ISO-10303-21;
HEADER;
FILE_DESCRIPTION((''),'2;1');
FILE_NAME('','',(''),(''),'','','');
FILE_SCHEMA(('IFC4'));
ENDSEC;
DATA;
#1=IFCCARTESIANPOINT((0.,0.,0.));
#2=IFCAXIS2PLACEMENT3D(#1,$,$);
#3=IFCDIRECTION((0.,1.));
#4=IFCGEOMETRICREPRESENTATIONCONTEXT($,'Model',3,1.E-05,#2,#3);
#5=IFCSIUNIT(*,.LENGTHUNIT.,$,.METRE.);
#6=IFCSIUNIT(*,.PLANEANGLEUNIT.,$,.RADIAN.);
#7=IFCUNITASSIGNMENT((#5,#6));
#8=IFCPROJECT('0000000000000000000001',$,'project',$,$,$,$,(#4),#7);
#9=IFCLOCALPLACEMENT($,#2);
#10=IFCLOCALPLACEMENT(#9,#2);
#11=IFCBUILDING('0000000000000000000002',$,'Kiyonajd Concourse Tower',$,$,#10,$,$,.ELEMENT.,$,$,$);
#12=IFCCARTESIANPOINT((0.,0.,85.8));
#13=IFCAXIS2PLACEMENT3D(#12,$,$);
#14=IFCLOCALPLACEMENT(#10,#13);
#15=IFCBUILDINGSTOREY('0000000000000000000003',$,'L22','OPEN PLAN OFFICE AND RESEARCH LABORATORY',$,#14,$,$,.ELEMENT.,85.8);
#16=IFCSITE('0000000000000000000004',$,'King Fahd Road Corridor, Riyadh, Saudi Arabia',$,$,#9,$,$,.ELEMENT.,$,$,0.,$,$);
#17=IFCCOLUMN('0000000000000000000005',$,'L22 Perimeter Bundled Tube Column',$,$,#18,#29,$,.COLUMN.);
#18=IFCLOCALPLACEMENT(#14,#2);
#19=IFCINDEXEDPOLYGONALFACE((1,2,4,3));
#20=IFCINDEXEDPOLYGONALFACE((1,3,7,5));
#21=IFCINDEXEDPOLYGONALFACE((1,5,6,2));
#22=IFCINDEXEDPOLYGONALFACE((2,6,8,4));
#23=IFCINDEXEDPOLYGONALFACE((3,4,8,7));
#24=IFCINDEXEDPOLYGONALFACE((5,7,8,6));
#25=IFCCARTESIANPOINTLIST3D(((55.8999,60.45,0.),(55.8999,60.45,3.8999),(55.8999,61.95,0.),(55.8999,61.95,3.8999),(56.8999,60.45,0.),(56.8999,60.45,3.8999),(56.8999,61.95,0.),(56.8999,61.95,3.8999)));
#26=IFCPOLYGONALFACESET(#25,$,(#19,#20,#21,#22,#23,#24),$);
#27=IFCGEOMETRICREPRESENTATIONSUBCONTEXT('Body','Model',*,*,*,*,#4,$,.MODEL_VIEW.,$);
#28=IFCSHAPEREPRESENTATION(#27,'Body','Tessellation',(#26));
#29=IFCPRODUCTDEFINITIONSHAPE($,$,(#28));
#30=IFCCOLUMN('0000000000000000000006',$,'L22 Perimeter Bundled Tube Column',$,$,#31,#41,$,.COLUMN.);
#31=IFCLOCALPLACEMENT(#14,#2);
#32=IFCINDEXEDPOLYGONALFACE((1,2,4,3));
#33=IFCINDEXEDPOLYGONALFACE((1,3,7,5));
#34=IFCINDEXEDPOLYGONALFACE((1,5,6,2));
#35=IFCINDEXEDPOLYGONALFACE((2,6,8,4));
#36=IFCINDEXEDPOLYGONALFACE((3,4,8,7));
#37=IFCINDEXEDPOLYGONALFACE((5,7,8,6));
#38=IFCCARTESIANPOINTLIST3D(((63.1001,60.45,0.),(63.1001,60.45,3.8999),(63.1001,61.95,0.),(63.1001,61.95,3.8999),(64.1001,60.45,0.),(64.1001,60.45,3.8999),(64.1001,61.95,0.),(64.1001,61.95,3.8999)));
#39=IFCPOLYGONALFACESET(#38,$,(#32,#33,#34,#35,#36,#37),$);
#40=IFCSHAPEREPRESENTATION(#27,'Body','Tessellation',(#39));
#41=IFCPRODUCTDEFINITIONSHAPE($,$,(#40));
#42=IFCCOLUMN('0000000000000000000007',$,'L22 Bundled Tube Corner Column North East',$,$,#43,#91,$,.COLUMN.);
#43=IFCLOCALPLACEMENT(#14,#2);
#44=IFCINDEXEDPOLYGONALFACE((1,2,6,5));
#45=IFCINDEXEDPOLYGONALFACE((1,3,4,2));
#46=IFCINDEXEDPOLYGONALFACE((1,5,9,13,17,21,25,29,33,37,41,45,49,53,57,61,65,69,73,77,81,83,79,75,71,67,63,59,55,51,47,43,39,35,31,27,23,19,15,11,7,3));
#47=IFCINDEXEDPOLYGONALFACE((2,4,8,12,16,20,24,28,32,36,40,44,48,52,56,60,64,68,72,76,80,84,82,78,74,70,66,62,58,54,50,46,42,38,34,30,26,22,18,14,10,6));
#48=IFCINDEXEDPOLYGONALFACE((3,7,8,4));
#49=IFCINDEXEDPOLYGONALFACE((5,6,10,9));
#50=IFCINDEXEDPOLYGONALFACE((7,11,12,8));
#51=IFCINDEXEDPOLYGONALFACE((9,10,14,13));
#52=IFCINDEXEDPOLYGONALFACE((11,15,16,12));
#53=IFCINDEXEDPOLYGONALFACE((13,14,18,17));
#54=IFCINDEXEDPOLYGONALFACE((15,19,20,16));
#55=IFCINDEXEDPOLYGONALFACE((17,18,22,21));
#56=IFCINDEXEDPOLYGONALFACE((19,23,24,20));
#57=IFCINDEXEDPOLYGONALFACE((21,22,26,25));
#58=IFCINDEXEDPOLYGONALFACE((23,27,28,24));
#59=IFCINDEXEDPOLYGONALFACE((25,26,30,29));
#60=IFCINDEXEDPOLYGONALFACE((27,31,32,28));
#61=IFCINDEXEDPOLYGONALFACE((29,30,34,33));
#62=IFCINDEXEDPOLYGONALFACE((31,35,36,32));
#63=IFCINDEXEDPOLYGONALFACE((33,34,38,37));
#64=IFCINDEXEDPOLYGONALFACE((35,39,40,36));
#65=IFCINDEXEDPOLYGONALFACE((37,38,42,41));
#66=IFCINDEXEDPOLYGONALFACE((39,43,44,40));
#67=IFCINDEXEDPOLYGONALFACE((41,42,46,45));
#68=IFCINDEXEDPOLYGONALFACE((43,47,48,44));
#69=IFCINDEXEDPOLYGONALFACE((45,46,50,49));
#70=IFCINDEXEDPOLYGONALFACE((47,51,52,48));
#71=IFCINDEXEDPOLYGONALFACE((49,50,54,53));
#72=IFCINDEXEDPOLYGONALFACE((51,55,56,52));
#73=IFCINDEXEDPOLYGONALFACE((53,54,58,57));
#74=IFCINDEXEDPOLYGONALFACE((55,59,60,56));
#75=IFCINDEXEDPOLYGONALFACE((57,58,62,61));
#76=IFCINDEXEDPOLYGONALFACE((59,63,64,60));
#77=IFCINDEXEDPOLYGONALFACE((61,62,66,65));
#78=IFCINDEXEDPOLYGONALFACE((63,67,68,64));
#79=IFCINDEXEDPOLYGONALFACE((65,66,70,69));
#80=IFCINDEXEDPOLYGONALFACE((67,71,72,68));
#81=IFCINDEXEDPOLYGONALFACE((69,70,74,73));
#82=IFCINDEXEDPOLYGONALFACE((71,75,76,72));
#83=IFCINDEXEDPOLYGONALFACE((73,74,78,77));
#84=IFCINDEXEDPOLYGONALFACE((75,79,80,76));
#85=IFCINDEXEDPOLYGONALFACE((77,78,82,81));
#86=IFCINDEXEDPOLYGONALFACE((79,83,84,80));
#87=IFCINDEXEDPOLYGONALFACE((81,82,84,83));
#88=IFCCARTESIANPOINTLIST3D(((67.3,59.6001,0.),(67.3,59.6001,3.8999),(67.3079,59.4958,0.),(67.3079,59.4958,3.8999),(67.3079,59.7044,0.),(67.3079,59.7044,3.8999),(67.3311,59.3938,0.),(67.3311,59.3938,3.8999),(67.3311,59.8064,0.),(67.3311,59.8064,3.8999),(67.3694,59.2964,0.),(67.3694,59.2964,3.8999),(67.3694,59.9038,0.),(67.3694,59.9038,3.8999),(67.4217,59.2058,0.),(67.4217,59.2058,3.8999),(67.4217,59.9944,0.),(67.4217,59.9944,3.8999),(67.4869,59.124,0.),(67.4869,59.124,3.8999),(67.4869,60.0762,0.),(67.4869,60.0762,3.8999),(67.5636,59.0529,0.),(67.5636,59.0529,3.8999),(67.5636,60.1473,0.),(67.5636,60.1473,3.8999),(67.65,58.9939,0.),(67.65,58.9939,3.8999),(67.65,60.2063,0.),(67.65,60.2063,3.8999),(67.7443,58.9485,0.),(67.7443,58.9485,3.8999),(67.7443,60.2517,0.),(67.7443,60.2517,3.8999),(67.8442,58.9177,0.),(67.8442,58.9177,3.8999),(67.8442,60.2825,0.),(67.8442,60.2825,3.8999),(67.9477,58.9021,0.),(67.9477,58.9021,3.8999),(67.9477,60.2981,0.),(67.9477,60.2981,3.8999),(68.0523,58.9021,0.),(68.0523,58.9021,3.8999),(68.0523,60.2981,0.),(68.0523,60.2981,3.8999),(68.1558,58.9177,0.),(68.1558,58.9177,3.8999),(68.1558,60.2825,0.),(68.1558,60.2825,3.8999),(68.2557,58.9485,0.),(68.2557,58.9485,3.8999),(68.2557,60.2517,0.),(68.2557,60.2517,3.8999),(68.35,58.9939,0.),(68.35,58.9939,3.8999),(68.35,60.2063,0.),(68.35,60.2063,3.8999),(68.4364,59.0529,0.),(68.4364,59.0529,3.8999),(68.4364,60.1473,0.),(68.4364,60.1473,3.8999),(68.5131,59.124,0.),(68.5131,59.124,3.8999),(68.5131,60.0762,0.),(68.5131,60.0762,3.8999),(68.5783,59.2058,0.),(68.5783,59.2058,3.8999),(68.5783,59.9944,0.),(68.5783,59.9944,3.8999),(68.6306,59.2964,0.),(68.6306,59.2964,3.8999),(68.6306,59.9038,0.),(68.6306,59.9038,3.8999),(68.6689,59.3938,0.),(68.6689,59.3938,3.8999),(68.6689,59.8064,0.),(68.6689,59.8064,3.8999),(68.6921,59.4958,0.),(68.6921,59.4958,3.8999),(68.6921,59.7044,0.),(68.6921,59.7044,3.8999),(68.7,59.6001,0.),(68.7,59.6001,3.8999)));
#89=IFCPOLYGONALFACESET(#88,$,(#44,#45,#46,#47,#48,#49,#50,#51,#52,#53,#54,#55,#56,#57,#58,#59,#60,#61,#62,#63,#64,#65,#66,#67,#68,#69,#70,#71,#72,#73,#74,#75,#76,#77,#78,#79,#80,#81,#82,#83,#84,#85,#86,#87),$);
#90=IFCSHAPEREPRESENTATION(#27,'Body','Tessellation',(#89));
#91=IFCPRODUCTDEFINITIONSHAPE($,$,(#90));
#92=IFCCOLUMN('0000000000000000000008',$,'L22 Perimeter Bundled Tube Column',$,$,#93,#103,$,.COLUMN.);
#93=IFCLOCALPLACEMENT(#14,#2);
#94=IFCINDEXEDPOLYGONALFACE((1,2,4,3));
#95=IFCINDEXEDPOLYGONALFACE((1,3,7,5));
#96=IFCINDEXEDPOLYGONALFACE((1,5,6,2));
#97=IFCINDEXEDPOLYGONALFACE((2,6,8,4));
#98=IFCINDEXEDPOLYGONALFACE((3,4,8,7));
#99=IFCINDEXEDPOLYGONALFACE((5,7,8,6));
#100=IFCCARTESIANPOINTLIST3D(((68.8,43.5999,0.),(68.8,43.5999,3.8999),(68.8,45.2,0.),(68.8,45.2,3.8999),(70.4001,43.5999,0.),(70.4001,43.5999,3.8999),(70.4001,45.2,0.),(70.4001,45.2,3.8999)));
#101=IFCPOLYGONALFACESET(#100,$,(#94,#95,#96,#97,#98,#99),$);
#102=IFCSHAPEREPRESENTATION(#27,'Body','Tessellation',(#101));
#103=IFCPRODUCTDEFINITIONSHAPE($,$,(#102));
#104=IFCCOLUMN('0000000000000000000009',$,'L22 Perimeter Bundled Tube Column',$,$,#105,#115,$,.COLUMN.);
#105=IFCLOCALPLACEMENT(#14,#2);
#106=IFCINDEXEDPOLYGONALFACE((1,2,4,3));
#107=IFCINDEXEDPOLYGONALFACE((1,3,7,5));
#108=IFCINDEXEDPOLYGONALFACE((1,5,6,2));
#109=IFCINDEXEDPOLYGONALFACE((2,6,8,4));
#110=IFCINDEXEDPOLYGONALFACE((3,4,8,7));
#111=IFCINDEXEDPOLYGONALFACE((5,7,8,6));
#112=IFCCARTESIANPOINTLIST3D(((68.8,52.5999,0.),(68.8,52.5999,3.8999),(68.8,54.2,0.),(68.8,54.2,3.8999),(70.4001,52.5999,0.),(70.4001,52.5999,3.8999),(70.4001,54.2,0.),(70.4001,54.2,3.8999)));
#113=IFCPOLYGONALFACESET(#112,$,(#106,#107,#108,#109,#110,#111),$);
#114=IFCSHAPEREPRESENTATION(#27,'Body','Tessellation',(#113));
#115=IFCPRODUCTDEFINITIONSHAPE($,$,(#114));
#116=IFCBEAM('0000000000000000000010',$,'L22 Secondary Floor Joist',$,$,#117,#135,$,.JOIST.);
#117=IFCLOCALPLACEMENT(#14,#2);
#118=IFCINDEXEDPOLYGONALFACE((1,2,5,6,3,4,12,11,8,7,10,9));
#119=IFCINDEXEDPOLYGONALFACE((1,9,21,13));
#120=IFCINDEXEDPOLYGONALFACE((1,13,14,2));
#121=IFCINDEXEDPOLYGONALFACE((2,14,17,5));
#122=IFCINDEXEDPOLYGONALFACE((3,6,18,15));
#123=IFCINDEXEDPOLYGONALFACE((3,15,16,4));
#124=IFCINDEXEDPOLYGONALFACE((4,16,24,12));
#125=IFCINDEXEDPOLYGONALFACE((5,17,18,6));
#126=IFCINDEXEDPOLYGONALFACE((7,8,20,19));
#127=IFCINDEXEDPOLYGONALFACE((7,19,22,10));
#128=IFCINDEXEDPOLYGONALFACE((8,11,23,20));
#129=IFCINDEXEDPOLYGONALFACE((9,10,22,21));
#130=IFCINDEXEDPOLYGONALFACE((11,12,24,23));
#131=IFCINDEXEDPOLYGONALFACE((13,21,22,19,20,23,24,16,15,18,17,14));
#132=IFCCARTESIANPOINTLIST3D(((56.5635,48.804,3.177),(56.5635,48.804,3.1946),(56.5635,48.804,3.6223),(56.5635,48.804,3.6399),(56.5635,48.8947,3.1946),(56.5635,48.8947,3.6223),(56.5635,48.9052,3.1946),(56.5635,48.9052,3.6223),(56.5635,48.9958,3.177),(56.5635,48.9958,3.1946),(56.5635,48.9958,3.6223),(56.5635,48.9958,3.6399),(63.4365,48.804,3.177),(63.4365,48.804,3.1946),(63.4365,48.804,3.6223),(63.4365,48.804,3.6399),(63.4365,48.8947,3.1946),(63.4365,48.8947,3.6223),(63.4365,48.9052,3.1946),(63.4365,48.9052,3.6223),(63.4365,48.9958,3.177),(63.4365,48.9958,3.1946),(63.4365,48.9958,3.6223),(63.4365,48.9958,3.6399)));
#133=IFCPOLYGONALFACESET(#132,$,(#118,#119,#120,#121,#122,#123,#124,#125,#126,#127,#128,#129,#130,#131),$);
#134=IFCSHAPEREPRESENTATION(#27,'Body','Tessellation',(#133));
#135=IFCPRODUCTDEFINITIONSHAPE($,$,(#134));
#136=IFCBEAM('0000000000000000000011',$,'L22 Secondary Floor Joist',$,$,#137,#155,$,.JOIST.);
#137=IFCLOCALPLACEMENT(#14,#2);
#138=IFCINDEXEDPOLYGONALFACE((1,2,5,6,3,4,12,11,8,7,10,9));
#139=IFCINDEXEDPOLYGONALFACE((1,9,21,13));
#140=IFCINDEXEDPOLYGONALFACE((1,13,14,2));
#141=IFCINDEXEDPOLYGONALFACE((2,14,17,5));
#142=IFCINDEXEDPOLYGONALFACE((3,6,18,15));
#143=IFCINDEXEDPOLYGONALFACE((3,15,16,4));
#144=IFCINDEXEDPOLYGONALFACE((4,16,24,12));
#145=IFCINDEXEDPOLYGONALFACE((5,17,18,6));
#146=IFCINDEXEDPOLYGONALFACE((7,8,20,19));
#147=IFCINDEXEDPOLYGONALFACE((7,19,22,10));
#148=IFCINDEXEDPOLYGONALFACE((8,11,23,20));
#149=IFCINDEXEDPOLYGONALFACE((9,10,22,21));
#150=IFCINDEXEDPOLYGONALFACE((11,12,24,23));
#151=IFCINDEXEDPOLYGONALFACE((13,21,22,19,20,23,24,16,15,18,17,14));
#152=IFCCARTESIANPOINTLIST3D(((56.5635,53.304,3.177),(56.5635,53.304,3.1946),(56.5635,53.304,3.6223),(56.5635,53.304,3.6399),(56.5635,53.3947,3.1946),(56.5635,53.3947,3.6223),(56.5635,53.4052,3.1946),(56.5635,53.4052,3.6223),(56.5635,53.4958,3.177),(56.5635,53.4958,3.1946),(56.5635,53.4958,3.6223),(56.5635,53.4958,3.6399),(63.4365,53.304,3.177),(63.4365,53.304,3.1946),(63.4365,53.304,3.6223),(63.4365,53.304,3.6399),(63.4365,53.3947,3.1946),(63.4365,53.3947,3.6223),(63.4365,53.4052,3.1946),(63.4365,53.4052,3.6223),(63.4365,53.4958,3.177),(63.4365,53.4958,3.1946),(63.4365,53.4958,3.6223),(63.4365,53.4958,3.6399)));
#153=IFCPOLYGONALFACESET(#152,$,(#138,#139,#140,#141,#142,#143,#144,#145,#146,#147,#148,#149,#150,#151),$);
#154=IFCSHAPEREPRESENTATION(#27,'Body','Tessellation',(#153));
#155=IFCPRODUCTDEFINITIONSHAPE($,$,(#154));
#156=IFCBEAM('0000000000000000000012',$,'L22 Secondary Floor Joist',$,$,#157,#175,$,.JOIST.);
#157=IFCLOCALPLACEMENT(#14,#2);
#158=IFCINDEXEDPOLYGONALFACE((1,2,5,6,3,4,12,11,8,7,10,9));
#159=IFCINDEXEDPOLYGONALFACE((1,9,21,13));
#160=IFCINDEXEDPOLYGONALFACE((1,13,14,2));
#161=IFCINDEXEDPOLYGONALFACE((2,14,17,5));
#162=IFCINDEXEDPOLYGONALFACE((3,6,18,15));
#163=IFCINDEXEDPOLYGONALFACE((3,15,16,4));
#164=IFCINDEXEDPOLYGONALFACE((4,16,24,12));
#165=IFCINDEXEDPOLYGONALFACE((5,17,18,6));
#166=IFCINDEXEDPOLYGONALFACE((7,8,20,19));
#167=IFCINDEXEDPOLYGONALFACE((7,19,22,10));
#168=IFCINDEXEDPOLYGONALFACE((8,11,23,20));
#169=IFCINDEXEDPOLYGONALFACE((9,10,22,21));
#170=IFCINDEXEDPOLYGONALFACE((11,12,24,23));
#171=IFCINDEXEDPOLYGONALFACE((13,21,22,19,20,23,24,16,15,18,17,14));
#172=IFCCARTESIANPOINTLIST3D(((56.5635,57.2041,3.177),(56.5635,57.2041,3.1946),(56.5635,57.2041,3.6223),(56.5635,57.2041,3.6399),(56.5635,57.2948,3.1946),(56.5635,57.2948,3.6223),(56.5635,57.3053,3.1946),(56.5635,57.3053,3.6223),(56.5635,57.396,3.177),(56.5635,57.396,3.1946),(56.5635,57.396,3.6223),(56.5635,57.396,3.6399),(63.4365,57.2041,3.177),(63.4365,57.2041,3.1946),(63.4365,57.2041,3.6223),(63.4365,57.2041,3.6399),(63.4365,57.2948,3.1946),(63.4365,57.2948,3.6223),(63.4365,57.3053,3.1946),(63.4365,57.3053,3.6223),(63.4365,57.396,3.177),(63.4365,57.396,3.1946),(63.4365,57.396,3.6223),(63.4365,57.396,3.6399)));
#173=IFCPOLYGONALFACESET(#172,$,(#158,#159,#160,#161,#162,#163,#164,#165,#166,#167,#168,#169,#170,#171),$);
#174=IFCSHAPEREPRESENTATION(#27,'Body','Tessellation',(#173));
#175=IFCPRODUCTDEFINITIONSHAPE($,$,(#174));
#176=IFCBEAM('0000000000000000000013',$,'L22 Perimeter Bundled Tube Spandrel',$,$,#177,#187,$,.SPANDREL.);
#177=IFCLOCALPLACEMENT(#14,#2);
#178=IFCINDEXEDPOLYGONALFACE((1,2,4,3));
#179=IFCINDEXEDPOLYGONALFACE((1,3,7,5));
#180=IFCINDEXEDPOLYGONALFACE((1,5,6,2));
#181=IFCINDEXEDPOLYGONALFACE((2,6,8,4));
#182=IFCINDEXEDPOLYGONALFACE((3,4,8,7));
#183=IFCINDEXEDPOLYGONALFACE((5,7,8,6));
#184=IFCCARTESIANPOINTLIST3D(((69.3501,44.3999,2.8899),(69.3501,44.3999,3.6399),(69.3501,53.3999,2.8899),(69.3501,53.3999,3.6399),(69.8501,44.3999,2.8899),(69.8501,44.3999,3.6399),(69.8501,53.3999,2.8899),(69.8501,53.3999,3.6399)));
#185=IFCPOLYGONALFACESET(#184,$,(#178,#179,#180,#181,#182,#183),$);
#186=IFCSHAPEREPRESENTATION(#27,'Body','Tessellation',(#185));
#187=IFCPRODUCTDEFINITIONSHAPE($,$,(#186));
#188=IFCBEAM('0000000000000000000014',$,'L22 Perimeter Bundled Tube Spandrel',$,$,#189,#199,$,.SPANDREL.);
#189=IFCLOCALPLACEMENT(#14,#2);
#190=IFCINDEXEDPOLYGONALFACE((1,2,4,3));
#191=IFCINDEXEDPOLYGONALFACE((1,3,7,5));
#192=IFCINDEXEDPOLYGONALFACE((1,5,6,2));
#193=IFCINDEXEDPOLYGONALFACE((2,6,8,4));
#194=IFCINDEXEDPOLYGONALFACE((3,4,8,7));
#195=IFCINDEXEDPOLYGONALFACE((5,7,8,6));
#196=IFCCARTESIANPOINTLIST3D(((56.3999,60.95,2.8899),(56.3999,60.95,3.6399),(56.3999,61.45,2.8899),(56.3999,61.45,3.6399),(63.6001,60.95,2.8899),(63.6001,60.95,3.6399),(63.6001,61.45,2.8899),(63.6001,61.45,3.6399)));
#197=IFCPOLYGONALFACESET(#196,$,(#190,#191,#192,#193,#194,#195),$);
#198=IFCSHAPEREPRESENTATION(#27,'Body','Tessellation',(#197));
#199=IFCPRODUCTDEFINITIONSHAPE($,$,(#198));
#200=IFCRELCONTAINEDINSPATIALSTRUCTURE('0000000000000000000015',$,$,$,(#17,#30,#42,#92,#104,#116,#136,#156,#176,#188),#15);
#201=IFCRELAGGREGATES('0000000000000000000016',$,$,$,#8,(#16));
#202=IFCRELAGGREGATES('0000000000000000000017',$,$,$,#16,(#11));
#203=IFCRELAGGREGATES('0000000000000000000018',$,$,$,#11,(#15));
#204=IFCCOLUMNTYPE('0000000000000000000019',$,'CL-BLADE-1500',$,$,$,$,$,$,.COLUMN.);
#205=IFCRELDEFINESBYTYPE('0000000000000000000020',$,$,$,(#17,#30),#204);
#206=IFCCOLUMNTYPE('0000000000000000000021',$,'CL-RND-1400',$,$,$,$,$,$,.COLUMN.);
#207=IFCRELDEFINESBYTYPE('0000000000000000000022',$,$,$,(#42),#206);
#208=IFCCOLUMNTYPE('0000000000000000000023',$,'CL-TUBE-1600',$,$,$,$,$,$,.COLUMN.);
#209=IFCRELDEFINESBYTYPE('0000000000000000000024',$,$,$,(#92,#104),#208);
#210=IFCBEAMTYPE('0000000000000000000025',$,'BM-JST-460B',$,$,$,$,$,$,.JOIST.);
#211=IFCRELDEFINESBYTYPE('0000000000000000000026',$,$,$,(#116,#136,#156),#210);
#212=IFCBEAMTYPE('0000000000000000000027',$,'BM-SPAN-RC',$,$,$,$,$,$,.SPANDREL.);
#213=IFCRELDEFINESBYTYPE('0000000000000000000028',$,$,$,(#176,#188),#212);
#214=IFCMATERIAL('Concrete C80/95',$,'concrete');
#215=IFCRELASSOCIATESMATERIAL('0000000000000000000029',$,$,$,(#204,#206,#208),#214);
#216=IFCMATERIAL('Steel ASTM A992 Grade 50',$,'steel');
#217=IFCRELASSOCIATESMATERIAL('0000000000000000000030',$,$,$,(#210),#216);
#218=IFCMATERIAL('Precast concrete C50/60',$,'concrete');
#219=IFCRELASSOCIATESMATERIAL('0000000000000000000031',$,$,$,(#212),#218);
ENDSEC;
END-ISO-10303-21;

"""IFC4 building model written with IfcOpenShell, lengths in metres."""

from ifc_helpers import new_model, si_unit, direction, frame, origin, origin_2d, place, context, subcontext, project, spatial, rectangle, circle, i_section, extrude, material, material_profile, profile_set, type_object, element, save


model = new_model("IFC4")

# Units and contexts
model_context = context("Model", 3, precision=1e-05, world=origin(), true_north=direction((0.0, 1.0)))
body_context = subcontext(model_context, "Body", "Model", "MODEL_VIEW")
ifc_project = project(units=[si_unit("LENGTHUNIT", "METRE"), si_unit("PLANEANGLEUNIT", "RADIAN")], contexts=[model_context])

# Site, building, storey
site_placement = place(None, origin())
site = spatial("IfcSite", under=ifc_project, at=site_placement, Name="King Fahd Road Corridor, Riyadh, Saudi Arabia", CompositionType="ELEMENT", RefElevation=0.0)
building_placement = place(site_placement, origin())
building = spatial("IfcBuilding", under=site, at=building_placement, Name="Kiyonajd Concourse Tower", CompositionType="ELEMENT")
storey_placement = place(building_placement, frame((0.0, 0.0, 85.8)))
storey = spatial("IfcBuildingStorey", under=building, at=storey_placement, Name="L22", Description="OPEN PLAN OFFICE AND RESEARCH LABORATORY", CompositionType="ELEMENT", Elevation=85.8)

# Columns
ifc_material_1 = material(Name="Concrete C80/95", Category="concrete")
ifc_material_profile_1 = material_profile(ifc_material_1, rectangle(XDim=1.0, YDim=1.5, at=origin_2d()), Name="RC-1500x1000")
ifc_profile_set_1 = profile_set([ifc_material_profile_1], Name="Concrete C80/95")
column_type_1 = type_object("IfcColumnType", Name="CL-BLADE-1500", PredefinedType="COLUMN", material=ifc_profile_set_1)
for number, where, z_axis, x_axis, name in (
    (1, (56.3999, 61.2, 0.0), (0.0, 0.0, 1.0), (1.0, 0.0, 0.0), "L22 Perimeter Bundled Tube Column"),
    (2, (63.6001, 61.2, 0.0), (0.0, 0.0, 1.0), (1.0, 0.0, 0.0), "L22 Perimeter Bundled Tube Column"),
):
    element("IfcColumn", number, at=place(storey_placement, frame(where, z_axis=z_axis, x_axis=x_axis)), inside=storey, type_object=column_type_1, Name=name, PredefinedType="COLUMN", context=body_context, shape_type="SweptSolid", body=[
        extrude(rectangle(XDim=1.0, YDim=1.5, at=origin_2d()), origin(), (0.0, 0.0, 1.0), 3.8999),
    ])
ifc_material_profile_2 = material_profile(ifc_material_1, circle(Radius=0.7, at=origin_2d()), Name="RCC-D1400")
ifc_profile_set_2 = profile_set([ifc_material_profile_2], Name="Concrete C80/95")
column_type_2 = type_object("IfcColumnType", Name="CL-RND-1400", PredefinedType="COLUMN", material=ifc_profile_set_2)
column_placement = place(storey_placement, frame((68.0, 59.6001, 0.0), z_axis=(0.0, 0.0, 1.0), x_axis=(1.0, 0.0, 0.0)))
element("IfcColumn", 3, at=column_placement, inside=storey, type_object=column_type_2, Name="L22 Bundled Tube Corner Column North East", PredefinedType="COLUMN", context=body_context, shape_type="SweptSolid", body=[
    extrude(circle(Radius=0.7, at=origin_2d()), origin(), (0.0, 0.0, 1.0), 3.8999),
])
ifc_material_profile_3 = material_profile(ifc_material_1, rectangle(XDim=1.6001, YDim=1.6001, at=origin_2d()), Name="RC-1600x1600")
ifc_profile_set_3 = profile_set([ifc_material_profile_3], Name="Concrete C80/95")
column_type_3 = type_object("IfcColumnType", Name="CL-TUBE-1600", PredefinedType="COLUMN", material=ifc_profile_set_3)
for number, where, z_axis, x_axis, name in (
    (4, (69.6001, 44.3999, 0.0), (0.0, 0.0, 1.0), (1.0, 0.0, 0.0), "L22 Perimeter Bundled Tube Column"),
    (5, (69.6001, 53.3999, 0.0), (0.0, 0.0, 1.0), (1.0, 0.0, 0.0), "L22 Perimeter Bundled Tube Column"),
):
    element("IfcColumn", number, at=place(storey_placement, frame(where, z_axis=z_axis, x_axis=x_axis)), inside=storey, type_object=column_type_3, Name=name, PredefinedType="COLUMN", context=body_context, shape_type="SweptSolid", body=[
        extrude(rectangle(XDim=1.6001, YDim=1.6001, at=origin_2d()), origin(), (0.0, 0.0, 1.0), 3.8999),
    ])

# Beams
ifc_material_2 = material(Name="Steel ASTM A992 Grade 50", Category="steel")
ifc_material_profile_4 = material_profile(ifc_material_2, i_section(OverallWidth=0.1919, OverallDepth=0.4629, WebThickness=0.0105, FlangeThickness=0.0176, at=origin_2d()), Name="W460X89")
ifc_profile_set_4 = profile_set([ifc_material_profile_4], Name="Steel ASTM A992 Grade 50")
beam_type_1 = type_object("IfcBeamType", Name="BM-JST-460B", PredefinedType="JOIST", material=ifc_profile_set_4)
for number, where, z_axis, x_axis, name in (
    (6, (56.5635, 48.8999, 3.4084), (1.0, 0.0, 0.0), (0.0, 1.0, 0.0), "L22 Secondary Floor Joist"),
    (7, (56.5635, 53.3999, 3.4084), (1.0, 0.0, 0.0), (0.0, 1.0, 0.0), "L22 Secondary Floor Joist"),
    (8, (56.5635, 57.3, 3.4084), (1.0, 0.0, 0.0), (0.0, 1.0, 0.0), "L22 Secondary Floor Joist"),
):
    element("IfcBeam", number, at=place(storey_placement, frame(where, z_axis=z_axis, x_axis=x_axis)), inside=storey, type_object=beam_type_1, Name=name, PredefinedType="JOIST", context=body_context, shape_type="SweptSolid", body=[
        extrude(i_section(OverallWidth=0.1919, OverallDepth=0.4629, WebThickness=0.0105, FlangeThickness=0.0176, at=origin_2d()), origin(), (0.0, 0.0, 1.0), 6.873),
    ])
ifc_material_3 = material(Name="Precast concrete C50/60", Category="concrete")
ifc_material_profile_5 = material_profile(ifc_material_3, rectangle(XDim=0.5, YDim=0.75, at=origin_2d()), Name="RCBM-500x750")
ifc_profile_set_5 = profile_set([ifc_material_profile_5], Name="Precast concrete C50/60")
beam_type_2 = type_object("IfcBeamType", Name="BM-SPAN-RC", PredefinedType="SPANDREL", material=ifc_profile_set_5)
beam_1_placement = place(storey_placement, frame((69.6001, 44.3999, 3.2649), z_axis=(0.0, 1.0, 0.0), x_axis=(-1.0, 0.0, 0.0)))
element("IfcBeam", 9, at=beam_1_placement, inside=storey, type_object=beam_type_2, Name="L22 Perimeter Bundled Tube Spandrel", PredefinedType="SPANDREL", context=body_context, shape_type="SweptSolid", body=[
    extrude(rectangle(XDim=0.5, YDim=0.75, at=origin_2d()), origin(), (0.0, 0.0, 1.0), 9.0),
])
beam_2_placement = place(storey_placement, frame((63.6001, 61.2, 3.2649), z_axis=(-1.0, 0.0, 0.0), x_axis=(0.0, -1.0, 0.0)))
element("IfcBeam", 10, at=beam_2_placement, inside=storey, type_object=beam_type_2, Name="L22 Perimeter Bundled Tube Spandrel", PredefinedType="SPANDREL", context=body_context, shape_type="SweptSolid", body=[
    extrude(rectangle(XDim=0.5, YDim=0.75, at=origin_2d()), origin(), (0.0, 0.0, 1.0), 7.2002),
])

save(model, "model.ifc")
